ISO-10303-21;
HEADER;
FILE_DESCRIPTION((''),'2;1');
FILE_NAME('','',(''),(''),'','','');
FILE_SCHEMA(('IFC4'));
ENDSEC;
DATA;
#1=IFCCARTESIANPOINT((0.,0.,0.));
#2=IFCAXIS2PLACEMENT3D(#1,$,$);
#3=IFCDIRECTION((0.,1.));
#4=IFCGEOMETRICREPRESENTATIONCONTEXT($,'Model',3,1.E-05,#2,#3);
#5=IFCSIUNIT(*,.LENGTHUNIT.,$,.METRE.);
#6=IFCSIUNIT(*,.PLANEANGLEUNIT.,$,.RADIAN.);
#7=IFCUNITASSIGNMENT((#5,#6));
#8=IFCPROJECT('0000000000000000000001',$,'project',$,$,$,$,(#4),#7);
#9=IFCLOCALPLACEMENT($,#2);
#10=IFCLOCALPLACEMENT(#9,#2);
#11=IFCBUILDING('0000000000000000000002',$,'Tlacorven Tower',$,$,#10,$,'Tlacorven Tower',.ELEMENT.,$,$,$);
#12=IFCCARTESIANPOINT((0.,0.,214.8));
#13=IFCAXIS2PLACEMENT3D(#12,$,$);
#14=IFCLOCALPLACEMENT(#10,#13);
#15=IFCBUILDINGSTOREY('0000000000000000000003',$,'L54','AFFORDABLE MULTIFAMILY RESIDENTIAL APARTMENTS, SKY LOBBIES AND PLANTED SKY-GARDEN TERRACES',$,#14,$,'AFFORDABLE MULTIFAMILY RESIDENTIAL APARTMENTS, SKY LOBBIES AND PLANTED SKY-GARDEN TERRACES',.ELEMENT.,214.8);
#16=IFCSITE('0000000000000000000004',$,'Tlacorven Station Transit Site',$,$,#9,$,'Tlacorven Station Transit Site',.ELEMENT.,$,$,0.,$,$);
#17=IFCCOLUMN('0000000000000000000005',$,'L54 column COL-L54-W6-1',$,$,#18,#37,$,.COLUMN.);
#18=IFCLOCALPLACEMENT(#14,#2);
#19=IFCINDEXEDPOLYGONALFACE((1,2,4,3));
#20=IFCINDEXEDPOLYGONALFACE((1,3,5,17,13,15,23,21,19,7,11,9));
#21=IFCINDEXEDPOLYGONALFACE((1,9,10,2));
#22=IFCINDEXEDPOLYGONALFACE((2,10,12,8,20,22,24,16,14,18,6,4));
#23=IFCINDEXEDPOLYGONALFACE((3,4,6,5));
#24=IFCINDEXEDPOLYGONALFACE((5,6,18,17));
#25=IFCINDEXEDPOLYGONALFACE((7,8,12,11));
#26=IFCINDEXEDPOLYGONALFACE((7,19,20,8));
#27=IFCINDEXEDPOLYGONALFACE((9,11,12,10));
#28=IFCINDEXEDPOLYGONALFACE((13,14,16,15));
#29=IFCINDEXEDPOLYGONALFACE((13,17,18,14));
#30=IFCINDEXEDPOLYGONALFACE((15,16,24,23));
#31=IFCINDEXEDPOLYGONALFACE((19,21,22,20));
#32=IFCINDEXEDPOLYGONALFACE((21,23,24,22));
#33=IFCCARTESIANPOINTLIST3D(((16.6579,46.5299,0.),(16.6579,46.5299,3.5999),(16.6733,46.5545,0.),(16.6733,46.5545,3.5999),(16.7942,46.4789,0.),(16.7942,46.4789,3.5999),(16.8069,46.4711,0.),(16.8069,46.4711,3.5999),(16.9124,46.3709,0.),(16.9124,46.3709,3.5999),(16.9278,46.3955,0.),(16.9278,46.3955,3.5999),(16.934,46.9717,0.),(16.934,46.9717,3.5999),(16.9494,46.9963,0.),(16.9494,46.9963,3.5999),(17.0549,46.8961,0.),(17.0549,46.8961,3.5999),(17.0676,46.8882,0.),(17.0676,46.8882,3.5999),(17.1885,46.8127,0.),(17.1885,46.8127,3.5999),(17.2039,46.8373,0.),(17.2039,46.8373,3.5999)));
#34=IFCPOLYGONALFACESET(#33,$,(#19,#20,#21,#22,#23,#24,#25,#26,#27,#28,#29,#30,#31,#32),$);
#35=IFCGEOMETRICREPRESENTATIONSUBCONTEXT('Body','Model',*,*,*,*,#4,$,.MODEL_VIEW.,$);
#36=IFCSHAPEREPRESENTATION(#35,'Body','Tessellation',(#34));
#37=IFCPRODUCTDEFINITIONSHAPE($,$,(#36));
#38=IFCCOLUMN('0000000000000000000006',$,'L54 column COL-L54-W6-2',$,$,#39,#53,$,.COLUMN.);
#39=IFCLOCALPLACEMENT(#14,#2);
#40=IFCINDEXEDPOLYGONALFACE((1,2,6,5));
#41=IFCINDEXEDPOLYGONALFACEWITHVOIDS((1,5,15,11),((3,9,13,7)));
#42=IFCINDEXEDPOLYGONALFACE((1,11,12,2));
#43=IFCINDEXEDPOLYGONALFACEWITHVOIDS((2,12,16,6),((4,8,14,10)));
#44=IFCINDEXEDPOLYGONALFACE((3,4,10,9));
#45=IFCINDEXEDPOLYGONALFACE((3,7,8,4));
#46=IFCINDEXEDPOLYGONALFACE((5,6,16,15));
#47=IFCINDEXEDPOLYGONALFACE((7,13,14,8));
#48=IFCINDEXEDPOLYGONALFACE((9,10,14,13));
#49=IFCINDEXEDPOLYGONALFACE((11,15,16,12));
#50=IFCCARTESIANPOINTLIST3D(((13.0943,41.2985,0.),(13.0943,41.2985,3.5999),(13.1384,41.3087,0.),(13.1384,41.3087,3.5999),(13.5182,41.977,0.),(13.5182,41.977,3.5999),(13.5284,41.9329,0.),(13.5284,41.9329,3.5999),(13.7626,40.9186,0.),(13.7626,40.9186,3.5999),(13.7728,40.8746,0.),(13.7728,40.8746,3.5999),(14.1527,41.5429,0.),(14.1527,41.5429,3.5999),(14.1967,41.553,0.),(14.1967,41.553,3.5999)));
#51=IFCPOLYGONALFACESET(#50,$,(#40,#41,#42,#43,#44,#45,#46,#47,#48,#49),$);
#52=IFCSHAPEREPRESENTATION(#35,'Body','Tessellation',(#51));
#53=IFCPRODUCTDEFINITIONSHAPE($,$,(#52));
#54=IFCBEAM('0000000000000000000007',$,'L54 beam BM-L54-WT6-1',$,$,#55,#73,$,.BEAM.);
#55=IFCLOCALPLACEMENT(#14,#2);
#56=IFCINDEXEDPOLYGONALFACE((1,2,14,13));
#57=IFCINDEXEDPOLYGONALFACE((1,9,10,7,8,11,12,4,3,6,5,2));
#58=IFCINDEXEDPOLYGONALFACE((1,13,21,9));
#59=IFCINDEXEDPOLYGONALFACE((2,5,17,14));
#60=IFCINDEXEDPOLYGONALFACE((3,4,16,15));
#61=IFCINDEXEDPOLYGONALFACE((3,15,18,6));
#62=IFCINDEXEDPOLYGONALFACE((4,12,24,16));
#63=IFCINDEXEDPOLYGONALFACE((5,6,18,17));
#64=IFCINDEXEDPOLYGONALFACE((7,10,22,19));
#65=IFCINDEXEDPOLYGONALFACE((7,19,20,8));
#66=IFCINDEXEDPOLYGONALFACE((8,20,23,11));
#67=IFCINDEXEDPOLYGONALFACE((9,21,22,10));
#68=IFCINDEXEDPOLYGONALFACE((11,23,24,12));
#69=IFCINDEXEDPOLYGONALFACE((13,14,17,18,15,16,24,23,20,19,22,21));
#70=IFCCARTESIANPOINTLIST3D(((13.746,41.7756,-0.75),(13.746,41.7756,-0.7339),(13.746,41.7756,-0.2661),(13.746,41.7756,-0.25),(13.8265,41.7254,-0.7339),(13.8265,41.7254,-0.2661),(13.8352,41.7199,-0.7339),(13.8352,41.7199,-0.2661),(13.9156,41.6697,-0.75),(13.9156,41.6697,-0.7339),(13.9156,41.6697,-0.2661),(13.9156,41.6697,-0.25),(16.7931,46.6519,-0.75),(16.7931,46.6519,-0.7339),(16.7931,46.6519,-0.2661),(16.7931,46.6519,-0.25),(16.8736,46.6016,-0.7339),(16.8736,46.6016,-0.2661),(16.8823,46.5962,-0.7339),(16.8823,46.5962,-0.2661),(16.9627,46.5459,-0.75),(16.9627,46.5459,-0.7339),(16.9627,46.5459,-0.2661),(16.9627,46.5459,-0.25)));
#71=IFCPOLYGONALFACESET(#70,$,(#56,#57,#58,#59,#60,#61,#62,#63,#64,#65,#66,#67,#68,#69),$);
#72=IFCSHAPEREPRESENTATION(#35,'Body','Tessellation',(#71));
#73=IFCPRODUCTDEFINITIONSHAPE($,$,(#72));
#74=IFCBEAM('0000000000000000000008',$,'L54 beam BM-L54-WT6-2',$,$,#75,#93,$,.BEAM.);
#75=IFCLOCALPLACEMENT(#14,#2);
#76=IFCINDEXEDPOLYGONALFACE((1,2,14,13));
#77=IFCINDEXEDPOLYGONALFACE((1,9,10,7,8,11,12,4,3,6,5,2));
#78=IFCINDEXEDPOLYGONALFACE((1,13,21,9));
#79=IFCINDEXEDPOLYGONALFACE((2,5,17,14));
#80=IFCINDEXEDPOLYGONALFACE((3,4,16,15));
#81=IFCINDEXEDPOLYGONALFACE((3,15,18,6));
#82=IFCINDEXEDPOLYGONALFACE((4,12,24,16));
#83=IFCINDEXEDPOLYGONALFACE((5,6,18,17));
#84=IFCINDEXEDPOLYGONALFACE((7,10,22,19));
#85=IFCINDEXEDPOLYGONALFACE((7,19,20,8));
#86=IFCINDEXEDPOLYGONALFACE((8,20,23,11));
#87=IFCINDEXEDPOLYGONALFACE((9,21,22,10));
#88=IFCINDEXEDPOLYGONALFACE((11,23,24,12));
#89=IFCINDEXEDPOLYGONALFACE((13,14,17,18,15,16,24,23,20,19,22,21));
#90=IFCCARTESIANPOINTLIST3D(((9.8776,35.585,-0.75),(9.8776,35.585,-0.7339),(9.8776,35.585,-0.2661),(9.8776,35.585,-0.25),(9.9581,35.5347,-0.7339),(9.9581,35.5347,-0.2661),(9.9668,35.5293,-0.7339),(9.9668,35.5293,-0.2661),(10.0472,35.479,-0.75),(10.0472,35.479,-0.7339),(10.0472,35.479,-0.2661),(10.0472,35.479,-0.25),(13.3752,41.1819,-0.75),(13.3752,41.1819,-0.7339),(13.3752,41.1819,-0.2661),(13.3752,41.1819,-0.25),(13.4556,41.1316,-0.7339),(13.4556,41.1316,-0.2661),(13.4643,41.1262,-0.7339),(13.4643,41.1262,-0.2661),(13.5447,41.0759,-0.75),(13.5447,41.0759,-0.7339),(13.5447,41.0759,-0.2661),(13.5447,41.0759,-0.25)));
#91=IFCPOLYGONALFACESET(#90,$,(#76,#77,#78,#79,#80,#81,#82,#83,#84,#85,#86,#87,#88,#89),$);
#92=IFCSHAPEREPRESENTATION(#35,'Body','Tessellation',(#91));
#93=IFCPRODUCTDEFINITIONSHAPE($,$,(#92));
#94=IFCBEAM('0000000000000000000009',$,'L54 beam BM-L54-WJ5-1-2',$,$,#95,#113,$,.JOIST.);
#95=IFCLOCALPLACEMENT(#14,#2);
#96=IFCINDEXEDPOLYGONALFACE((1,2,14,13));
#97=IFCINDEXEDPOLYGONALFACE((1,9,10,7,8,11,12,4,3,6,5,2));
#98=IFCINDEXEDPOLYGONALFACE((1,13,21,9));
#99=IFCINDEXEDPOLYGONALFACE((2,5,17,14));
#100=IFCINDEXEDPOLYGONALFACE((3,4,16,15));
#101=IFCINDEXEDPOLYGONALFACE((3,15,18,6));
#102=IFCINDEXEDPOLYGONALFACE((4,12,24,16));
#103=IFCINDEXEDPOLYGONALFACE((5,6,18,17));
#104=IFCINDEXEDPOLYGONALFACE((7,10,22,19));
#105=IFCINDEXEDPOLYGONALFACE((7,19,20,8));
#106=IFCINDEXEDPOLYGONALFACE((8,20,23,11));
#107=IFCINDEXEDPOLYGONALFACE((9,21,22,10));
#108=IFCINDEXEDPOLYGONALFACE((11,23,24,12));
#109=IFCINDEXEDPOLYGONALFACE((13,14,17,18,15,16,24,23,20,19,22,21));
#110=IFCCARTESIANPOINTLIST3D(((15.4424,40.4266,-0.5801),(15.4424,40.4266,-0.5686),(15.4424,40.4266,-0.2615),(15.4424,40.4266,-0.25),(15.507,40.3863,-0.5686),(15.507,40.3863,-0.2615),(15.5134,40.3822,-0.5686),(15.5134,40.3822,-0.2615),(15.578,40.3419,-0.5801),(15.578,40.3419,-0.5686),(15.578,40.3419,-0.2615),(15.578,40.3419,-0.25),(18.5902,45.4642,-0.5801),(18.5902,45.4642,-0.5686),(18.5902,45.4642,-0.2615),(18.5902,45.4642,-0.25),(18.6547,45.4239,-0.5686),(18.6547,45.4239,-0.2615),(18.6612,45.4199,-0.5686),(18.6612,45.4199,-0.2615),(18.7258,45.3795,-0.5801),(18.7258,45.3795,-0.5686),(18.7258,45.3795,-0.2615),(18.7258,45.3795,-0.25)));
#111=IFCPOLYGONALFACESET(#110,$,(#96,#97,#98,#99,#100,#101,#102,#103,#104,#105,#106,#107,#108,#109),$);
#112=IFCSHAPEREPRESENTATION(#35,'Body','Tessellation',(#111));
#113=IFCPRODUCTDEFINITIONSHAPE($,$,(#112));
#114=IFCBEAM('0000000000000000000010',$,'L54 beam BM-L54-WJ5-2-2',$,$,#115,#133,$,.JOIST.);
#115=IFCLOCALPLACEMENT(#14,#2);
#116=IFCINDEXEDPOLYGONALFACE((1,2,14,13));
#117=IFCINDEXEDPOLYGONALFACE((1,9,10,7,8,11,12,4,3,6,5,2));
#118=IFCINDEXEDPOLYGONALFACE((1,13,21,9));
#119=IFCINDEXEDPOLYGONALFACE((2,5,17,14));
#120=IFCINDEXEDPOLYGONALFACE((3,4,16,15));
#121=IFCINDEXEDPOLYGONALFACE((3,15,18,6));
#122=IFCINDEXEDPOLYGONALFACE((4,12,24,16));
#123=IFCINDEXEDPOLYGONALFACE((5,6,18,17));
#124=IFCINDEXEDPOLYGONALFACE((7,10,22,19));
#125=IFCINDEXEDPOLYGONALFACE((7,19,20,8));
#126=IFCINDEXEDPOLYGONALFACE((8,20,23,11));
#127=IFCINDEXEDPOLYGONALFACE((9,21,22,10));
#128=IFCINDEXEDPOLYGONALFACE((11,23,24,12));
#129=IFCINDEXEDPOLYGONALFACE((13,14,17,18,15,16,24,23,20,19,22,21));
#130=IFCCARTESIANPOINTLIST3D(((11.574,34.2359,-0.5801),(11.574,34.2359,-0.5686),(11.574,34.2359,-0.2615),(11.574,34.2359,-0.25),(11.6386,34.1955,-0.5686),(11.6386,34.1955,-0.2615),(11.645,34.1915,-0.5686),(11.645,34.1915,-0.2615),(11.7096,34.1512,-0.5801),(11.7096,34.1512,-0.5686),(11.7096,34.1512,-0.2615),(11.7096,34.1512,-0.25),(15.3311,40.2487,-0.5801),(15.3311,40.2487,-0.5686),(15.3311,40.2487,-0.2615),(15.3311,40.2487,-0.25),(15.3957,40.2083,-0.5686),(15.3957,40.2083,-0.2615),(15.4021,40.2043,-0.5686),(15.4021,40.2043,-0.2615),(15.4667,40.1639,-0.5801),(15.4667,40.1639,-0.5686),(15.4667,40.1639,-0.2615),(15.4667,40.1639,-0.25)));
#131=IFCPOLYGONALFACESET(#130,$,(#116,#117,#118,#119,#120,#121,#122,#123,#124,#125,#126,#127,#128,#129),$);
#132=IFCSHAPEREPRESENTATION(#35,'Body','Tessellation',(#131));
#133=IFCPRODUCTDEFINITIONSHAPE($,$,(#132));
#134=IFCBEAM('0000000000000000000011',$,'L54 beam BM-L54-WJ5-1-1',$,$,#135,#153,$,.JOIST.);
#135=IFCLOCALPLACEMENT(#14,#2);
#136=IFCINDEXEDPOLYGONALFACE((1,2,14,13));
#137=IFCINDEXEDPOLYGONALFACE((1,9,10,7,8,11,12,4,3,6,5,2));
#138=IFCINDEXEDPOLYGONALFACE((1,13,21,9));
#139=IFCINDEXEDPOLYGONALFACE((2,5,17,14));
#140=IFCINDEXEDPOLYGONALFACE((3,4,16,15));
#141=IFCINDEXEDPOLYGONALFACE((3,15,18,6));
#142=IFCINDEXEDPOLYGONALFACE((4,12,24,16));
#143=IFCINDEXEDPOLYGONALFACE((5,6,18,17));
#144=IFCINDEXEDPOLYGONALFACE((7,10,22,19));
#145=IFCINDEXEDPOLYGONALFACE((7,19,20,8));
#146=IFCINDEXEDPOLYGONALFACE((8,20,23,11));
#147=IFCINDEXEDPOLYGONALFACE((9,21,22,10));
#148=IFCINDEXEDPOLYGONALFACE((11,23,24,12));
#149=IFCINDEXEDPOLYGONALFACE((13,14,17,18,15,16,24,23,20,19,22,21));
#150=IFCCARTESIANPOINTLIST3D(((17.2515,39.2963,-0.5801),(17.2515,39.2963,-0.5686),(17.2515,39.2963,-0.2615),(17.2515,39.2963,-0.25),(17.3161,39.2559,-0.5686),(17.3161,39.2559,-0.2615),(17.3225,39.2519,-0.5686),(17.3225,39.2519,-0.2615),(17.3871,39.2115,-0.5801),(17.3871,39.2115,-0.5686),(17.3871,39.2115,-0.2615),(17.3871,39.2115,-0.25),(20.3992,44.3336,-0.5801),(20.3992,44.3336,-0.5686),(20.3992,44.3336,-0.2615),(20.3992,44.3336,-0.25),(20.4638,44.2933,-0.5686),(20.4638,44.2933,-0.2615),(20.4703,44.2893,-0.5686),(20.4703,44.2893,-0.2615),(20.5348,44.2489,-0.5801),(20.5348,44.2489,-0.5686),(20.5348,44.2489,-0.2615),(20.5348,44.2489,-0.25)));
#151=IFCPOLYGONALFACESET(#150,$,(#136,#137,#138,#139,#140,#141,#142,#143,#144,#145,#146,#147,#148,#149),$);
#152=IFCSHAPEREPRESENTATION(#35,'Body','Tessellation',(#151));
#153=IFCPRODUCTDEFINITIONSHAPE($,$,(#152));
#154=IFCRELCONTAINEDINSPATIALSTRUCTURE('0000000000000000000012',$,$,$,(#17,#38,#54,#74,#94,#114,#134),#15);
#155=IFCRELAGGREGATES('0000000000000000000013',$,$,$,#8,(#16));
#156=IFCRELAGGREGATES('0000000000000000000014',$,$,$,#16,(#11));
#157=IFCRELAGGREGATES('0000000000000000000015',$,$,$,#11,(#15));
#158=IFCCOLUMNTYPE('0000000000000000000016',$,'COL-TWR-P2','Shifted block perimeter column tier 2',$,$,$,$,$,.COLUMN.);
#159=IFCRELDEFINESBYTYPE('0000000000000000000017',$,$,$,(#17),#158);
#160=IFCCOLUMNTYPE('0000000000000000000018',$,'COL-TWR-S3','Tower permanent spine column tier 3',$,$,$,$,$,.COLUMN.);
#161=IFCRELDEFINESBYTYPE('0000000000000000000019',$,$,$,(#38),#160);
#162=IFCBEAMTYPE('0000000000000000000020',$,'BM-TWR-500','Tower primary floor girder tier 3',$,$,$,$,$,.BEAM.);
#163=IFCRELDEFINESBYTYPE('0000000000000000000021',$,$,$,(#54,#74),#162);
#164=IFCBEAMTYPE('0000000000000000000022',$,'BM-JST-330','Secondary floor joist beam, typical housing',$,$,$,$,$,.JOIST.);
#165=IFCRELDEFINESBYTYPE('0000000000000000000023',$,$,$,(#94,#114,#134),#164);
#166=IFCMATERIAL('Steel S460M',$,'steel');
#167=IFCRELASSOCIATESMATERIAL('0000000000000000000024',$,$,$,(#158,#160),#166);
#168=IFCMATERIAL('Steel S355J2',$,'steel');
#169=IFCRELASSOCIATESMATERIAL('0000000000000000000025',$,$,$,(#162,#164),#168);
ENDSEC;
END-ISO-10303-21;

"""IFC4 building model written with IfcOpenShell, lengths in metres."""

from ifc_helpers import new_model, si_unit, direction, frame, origin, origin_2d, place, context, subcontext, project, spatial, hollow_rectangle, i_section, extrude, source, transform, mapped, material, material_profile, profile_set, type_object, element, save


model = new_model("IFC4")

# Units and contexts
model_context = context("Model", 3, precision=1e-05, world=origin(), true_north=direction((0.0, 1.0)))
body_context = subcontext(model_context, "Body", "Model", "MODEL_VIEW")
ifc_project = project(units=[si_unit("LENGTHUNIT", "METRE"), si_unit("PLANEANGLEUNIT", "RADIAN")], contexts=[model_context])

# Site, building, storey
site_placement = place(None, origin())
site = spatial("IfcSite", under=ifc_project, at=site_placement, Name="Tlacorven Station Transit Site", LongName="Tlacorven Station Transit Site", CompositionType="ELEMENT", RefElevation=0.0)
building_placement = place(site_placement, origin())
building = spatial("IfcBuilding", under=site, at=building_placement, Name="Tlacorven Tower", LongName="Tlacorven Tower", CompositionType="ELEMENT")
storey_placement = place(building_placement, frame((0.0, 0.0, 214.8)))
storey = spatial("IfcBuildingStorey", under=building, at=storey_placement, Name="L54", Description="AFFORDABLE MULTIFAMILY RESIDENTIAL APARTMENTS, SKY LOBBIES AND PLANTED SKY-GARDEN TERRACES", LongName="AFFORDABLE MULTIFAMILY RESIDENTIAL APARTMENTS, SKY LOBBIES AND PLANTED SKY-GARDEN TERRACES", CompositionType="ELEMENT", Elevation=214.8)

# Columns
ifc_material_1 = material(Name="Steel S460M", Category="steel")
ifc_material_profile_1 = material_profile(ifc_material_1, i_section(OverallWidth=0.3, OverallDepth=0.55, WebThickness=0.0149, FlangeThickness=0.0291, at=origin_2d()), Name="HEB 550")
ifc_profile_set_1 = profile_set([ifc_material_profile_1], Name="Steel S460M")
column_type_1 = type_object("IfcColumnType", Name="COL-TWR-P2", Description="Shifted block perimeter column tier 2", PredefinedType="COLUMN", material=ifc_profile_set_1)
shared_shape_1 = source(origin(), body_context, "Body", "SweptSolid", [
    extrude(i_section(OverallWidth=0.3, OverallDepth=0.55, WebThickness=0.0149, FlangeThickness=0.0291, at=origin_2d()), origin(), (0.0, 0.0, 1.0), 3.5999),
])
column_1_placement = place(storey_placement, frame((16.9309, 46.6836, 0.0), z_axis=(0.0, 0.0, 1.0), x_axis=(-0.848048, 0.529919, 0.0)))
element("IfcColumn", 1, at=column_1_placement, inside=storey, type_object=column_type_1, Name="L54 column COL-L54-W6-1", PredefinedType="COLUMN", context=body_context, shape_type="MappedRepresentation", body=[
    mapped(shared_shape_1, transform((0.0, 0.0, 0.0), scale=1.0)),
])
ifc_material_profile_2 = material_profile(ifc_material_1, hollow_rectangle(XDim=0.8, YDim=0.8, WallThickness=0.032, at=origin_2d()), Name="BOX 800X800X32")
ifc_profile_set_2 = profile_set([ifc_material_profile_2], Name="Steel S460M")
column_type_2 = type_object("IfcColumnType", Name="COL-TWR-S3", Description="Tower permanent spine column tier 3", PredefinedType="COLUMN", material=ifc_profile_set_2)
shared_shape_2 = source(origin(), body_context, "Body", "SweptSolid", [
    extrude(hollow_rectangle(XDim=0.8, YDim=0.8, WallThickness=0.032, at=origin_2d()), origin(), (0.0, 0.0, 1.0), 3.5999),
])
column_2_placement = place(storey_placement, frame((13.6455, 41.4258, 0.0), z_axis=(0.0, 0.0, 1.0), x_axis=(-0.848048, 0.529919, 0.0)))
element("IfcColumn", 2, at=column_2_placement, inside=storey, type_object=column_type_2, Name="L54 column COL-L54-W6-2", PredefinedType="COLUMN", context=body_context, shape_type="MappedRepresentation", body=[
    mapped(shared_shape_2, transform((0.0, 0.0, 0.0), scale=1.0)),
])

# Beams
ifc_material_2 = material(Name="Steel S355J2", Category="steel")
ifc_material_profile_3 = material_profile(ifc_material_2, i_section(OverallWidth=0.2, OverallDepth=0.5, WebThickness=0.0103, FlangeThickness=0.0161, at=origin_2d()), Name="IPE 500")
ifc_profile_set_3 = profile_set([ifc_material_profile_3], Name="Steel S355J2")
beam_type_1 = type_object("IfcBeamType", Name="BM-TWR-500", Description="Tower primary floor girder tier 3", PredefinedType="BEAM", material=ifc_profile_set_3)
shared_shape_3 = source(origin(), body_context, "Body", "SweptSolid", [
    extrude(i_section(OverallWidth=0.2, OverallDepth=0.5, WebThickness=0.0103, FlangeThickness=0.0161, at=origin_2d()), origin(), (0.0, 0.0, 1.0), 5.75),
])
beam_1_placement = place(storey_placement, frame((16.8779, 46.5989, -0.5), z_axis=(-0.529934, -0.848039, 0.0), x_axis=(0.848039, -0.529934, 0.0)))
element("IfcBeam", 3, at=beam_1_placement, inside=storey, type_object=beam_type_1, Name="L54 beam BM-L54-WT6-1", PredefinedType="BEAM", context=body_context, shape_type="MappedRepresentation", body=[
    mapped(shared_shape_3, transform((0.0, 0.0, 0.0), scale=1.0)),
])
shared_shape_4 = source(origin(), body_context, "Body", "SweptSolid", [
    extrude(i_section(OverallWidth=0.2, OverallDepth=0.5, WebThickness=0.0103, FlangeThickness=0.0161, at=origin_2d()), origin(), (0.0, 0.0, 1.0), 6.5999),
])
beam_2_placement = place(storey_placement, frame((13.46, 41.1289, -0.5), z_axis=(-0.529942, -0.848034, 0.0), x_axis=(0.848034, -0.529942, 0.0)))
element("IfcBeam", 4, at=beam_2_placement, inside=storey, type_object=beam_type_1, Name="L54 beam BM-L54-WT6-2", PredefinedType="BEAM", context=body_context, shape_type="MappedRepresentation", body=[
    mapped(shared_shape_4, transform((0.0, 0.0, 0.0), scale=1.0)),
])
ifc_material_profile_4 = material_profile(ifc_material_2, i_section(OverallWidth=0.1599, OverallDepth=0.3301, WebThickness=0.0076, FlangeThickness=0.0115, at=origin_2d()), Name="IPE 330")
ifc_profile_set_4 = profile_set([ifc_material_profile_4], Name="Steel S355J2")
beam_type_2 = type_object("IfcBeamType", Name="BM-JST-330", Description="Secondary floor joist beam, typical housing", PredefinedType="JOIST", material=ifc_profile_set_4)
shared_shape_5 = source(origin(), body_context, "Body", "SweptSolid", [
    extrude(i_section(OverallWidth=0.1599, OverallDepth=0.3301, WebThickness=0.0076, FlangeThickness=0.0115, at=origin_2d()), origin(), (0.0, 0.0, 1.0), 5.9402),
])
beam_3_placement = place(storey_placement, frame((18.658, 45.4219, -0.415), z_axis=(-0.529903, -0.848058, 0.0), x_axis=(0.848058, -0.529903, 0.0)))
element("IfcBeam", 5, at=beam_3_placement, inside=storey, type_object=beam_type_2, Name="L54 beam BM-L54-WJ5-1-2", PredefinedType="JOIST", context=body_context, shape_type="MappedRepresentation", body=[
    mapped(shared_shape_5, transform((0.0, 0.0, 0.0), scale=1.0)),
])
shared_shape_6 = source(origin(), body_context, "Body", "SweptSolid", [
    extrude(i_section(OverallWidth=0.1599, OverallDepth=0.3301, WebThickness=0.0076, FlangeThickness=0.0115, at=origin_2d()), origin(), (0.0, 0.0, 1.0), 7.0901),
])
beam_4_placement = place(storey_placement, frame((15.3989, 40.2063, -0.415), z_axis=(-0.529912, -0.848052, 0.0), x_axis=(0.848052, -0.529912, 0.0)))
element("IfcBeam", 6, at=beam_4_placement, inside=storey, type_object=beam_type_2, Name="L54 beam BM-L54-WJ5-2-2", PredefinedType="JOIST", context=body_context, shape_type="MappedRepresentation", body=[
    mapped(shared_shape_6, transform((0.0, 0.0, 0.0), scale=1.0)),
])
shared_shape_7 = source(origin(), body_context, "Body", "SweptSolid", [
    extrude(i_section(OverallWidth=0.1599, OverallDepth=0.3301, WebThickness=0.0076, FlangeThickness=0.0115, at=origin_2d()), origin(), (0.0, 0.0, 1.0), 5.9399),
])
beam_5_placement = place(storey_placement, frame((20.467, 44.2913, -0.415), z_axis=(-0.529921, -0.848047, 0.0), x_axis=(0.848047, -0.529921, 0.0)))
element("IfcBeam", 7, at=beam_5_placement, inside=storey, type_object=beam_type_2, Name="L54 beam BM-L54-WJ5-1-1", PredefinedType="JOIST", context=body_context, shape_type="MappedRepresentation", body=[
    mapped(shared_shape_7, transform((0.0, 0.0, 0.0), scale=1.0)),
])

save(model, "model.ifc")
